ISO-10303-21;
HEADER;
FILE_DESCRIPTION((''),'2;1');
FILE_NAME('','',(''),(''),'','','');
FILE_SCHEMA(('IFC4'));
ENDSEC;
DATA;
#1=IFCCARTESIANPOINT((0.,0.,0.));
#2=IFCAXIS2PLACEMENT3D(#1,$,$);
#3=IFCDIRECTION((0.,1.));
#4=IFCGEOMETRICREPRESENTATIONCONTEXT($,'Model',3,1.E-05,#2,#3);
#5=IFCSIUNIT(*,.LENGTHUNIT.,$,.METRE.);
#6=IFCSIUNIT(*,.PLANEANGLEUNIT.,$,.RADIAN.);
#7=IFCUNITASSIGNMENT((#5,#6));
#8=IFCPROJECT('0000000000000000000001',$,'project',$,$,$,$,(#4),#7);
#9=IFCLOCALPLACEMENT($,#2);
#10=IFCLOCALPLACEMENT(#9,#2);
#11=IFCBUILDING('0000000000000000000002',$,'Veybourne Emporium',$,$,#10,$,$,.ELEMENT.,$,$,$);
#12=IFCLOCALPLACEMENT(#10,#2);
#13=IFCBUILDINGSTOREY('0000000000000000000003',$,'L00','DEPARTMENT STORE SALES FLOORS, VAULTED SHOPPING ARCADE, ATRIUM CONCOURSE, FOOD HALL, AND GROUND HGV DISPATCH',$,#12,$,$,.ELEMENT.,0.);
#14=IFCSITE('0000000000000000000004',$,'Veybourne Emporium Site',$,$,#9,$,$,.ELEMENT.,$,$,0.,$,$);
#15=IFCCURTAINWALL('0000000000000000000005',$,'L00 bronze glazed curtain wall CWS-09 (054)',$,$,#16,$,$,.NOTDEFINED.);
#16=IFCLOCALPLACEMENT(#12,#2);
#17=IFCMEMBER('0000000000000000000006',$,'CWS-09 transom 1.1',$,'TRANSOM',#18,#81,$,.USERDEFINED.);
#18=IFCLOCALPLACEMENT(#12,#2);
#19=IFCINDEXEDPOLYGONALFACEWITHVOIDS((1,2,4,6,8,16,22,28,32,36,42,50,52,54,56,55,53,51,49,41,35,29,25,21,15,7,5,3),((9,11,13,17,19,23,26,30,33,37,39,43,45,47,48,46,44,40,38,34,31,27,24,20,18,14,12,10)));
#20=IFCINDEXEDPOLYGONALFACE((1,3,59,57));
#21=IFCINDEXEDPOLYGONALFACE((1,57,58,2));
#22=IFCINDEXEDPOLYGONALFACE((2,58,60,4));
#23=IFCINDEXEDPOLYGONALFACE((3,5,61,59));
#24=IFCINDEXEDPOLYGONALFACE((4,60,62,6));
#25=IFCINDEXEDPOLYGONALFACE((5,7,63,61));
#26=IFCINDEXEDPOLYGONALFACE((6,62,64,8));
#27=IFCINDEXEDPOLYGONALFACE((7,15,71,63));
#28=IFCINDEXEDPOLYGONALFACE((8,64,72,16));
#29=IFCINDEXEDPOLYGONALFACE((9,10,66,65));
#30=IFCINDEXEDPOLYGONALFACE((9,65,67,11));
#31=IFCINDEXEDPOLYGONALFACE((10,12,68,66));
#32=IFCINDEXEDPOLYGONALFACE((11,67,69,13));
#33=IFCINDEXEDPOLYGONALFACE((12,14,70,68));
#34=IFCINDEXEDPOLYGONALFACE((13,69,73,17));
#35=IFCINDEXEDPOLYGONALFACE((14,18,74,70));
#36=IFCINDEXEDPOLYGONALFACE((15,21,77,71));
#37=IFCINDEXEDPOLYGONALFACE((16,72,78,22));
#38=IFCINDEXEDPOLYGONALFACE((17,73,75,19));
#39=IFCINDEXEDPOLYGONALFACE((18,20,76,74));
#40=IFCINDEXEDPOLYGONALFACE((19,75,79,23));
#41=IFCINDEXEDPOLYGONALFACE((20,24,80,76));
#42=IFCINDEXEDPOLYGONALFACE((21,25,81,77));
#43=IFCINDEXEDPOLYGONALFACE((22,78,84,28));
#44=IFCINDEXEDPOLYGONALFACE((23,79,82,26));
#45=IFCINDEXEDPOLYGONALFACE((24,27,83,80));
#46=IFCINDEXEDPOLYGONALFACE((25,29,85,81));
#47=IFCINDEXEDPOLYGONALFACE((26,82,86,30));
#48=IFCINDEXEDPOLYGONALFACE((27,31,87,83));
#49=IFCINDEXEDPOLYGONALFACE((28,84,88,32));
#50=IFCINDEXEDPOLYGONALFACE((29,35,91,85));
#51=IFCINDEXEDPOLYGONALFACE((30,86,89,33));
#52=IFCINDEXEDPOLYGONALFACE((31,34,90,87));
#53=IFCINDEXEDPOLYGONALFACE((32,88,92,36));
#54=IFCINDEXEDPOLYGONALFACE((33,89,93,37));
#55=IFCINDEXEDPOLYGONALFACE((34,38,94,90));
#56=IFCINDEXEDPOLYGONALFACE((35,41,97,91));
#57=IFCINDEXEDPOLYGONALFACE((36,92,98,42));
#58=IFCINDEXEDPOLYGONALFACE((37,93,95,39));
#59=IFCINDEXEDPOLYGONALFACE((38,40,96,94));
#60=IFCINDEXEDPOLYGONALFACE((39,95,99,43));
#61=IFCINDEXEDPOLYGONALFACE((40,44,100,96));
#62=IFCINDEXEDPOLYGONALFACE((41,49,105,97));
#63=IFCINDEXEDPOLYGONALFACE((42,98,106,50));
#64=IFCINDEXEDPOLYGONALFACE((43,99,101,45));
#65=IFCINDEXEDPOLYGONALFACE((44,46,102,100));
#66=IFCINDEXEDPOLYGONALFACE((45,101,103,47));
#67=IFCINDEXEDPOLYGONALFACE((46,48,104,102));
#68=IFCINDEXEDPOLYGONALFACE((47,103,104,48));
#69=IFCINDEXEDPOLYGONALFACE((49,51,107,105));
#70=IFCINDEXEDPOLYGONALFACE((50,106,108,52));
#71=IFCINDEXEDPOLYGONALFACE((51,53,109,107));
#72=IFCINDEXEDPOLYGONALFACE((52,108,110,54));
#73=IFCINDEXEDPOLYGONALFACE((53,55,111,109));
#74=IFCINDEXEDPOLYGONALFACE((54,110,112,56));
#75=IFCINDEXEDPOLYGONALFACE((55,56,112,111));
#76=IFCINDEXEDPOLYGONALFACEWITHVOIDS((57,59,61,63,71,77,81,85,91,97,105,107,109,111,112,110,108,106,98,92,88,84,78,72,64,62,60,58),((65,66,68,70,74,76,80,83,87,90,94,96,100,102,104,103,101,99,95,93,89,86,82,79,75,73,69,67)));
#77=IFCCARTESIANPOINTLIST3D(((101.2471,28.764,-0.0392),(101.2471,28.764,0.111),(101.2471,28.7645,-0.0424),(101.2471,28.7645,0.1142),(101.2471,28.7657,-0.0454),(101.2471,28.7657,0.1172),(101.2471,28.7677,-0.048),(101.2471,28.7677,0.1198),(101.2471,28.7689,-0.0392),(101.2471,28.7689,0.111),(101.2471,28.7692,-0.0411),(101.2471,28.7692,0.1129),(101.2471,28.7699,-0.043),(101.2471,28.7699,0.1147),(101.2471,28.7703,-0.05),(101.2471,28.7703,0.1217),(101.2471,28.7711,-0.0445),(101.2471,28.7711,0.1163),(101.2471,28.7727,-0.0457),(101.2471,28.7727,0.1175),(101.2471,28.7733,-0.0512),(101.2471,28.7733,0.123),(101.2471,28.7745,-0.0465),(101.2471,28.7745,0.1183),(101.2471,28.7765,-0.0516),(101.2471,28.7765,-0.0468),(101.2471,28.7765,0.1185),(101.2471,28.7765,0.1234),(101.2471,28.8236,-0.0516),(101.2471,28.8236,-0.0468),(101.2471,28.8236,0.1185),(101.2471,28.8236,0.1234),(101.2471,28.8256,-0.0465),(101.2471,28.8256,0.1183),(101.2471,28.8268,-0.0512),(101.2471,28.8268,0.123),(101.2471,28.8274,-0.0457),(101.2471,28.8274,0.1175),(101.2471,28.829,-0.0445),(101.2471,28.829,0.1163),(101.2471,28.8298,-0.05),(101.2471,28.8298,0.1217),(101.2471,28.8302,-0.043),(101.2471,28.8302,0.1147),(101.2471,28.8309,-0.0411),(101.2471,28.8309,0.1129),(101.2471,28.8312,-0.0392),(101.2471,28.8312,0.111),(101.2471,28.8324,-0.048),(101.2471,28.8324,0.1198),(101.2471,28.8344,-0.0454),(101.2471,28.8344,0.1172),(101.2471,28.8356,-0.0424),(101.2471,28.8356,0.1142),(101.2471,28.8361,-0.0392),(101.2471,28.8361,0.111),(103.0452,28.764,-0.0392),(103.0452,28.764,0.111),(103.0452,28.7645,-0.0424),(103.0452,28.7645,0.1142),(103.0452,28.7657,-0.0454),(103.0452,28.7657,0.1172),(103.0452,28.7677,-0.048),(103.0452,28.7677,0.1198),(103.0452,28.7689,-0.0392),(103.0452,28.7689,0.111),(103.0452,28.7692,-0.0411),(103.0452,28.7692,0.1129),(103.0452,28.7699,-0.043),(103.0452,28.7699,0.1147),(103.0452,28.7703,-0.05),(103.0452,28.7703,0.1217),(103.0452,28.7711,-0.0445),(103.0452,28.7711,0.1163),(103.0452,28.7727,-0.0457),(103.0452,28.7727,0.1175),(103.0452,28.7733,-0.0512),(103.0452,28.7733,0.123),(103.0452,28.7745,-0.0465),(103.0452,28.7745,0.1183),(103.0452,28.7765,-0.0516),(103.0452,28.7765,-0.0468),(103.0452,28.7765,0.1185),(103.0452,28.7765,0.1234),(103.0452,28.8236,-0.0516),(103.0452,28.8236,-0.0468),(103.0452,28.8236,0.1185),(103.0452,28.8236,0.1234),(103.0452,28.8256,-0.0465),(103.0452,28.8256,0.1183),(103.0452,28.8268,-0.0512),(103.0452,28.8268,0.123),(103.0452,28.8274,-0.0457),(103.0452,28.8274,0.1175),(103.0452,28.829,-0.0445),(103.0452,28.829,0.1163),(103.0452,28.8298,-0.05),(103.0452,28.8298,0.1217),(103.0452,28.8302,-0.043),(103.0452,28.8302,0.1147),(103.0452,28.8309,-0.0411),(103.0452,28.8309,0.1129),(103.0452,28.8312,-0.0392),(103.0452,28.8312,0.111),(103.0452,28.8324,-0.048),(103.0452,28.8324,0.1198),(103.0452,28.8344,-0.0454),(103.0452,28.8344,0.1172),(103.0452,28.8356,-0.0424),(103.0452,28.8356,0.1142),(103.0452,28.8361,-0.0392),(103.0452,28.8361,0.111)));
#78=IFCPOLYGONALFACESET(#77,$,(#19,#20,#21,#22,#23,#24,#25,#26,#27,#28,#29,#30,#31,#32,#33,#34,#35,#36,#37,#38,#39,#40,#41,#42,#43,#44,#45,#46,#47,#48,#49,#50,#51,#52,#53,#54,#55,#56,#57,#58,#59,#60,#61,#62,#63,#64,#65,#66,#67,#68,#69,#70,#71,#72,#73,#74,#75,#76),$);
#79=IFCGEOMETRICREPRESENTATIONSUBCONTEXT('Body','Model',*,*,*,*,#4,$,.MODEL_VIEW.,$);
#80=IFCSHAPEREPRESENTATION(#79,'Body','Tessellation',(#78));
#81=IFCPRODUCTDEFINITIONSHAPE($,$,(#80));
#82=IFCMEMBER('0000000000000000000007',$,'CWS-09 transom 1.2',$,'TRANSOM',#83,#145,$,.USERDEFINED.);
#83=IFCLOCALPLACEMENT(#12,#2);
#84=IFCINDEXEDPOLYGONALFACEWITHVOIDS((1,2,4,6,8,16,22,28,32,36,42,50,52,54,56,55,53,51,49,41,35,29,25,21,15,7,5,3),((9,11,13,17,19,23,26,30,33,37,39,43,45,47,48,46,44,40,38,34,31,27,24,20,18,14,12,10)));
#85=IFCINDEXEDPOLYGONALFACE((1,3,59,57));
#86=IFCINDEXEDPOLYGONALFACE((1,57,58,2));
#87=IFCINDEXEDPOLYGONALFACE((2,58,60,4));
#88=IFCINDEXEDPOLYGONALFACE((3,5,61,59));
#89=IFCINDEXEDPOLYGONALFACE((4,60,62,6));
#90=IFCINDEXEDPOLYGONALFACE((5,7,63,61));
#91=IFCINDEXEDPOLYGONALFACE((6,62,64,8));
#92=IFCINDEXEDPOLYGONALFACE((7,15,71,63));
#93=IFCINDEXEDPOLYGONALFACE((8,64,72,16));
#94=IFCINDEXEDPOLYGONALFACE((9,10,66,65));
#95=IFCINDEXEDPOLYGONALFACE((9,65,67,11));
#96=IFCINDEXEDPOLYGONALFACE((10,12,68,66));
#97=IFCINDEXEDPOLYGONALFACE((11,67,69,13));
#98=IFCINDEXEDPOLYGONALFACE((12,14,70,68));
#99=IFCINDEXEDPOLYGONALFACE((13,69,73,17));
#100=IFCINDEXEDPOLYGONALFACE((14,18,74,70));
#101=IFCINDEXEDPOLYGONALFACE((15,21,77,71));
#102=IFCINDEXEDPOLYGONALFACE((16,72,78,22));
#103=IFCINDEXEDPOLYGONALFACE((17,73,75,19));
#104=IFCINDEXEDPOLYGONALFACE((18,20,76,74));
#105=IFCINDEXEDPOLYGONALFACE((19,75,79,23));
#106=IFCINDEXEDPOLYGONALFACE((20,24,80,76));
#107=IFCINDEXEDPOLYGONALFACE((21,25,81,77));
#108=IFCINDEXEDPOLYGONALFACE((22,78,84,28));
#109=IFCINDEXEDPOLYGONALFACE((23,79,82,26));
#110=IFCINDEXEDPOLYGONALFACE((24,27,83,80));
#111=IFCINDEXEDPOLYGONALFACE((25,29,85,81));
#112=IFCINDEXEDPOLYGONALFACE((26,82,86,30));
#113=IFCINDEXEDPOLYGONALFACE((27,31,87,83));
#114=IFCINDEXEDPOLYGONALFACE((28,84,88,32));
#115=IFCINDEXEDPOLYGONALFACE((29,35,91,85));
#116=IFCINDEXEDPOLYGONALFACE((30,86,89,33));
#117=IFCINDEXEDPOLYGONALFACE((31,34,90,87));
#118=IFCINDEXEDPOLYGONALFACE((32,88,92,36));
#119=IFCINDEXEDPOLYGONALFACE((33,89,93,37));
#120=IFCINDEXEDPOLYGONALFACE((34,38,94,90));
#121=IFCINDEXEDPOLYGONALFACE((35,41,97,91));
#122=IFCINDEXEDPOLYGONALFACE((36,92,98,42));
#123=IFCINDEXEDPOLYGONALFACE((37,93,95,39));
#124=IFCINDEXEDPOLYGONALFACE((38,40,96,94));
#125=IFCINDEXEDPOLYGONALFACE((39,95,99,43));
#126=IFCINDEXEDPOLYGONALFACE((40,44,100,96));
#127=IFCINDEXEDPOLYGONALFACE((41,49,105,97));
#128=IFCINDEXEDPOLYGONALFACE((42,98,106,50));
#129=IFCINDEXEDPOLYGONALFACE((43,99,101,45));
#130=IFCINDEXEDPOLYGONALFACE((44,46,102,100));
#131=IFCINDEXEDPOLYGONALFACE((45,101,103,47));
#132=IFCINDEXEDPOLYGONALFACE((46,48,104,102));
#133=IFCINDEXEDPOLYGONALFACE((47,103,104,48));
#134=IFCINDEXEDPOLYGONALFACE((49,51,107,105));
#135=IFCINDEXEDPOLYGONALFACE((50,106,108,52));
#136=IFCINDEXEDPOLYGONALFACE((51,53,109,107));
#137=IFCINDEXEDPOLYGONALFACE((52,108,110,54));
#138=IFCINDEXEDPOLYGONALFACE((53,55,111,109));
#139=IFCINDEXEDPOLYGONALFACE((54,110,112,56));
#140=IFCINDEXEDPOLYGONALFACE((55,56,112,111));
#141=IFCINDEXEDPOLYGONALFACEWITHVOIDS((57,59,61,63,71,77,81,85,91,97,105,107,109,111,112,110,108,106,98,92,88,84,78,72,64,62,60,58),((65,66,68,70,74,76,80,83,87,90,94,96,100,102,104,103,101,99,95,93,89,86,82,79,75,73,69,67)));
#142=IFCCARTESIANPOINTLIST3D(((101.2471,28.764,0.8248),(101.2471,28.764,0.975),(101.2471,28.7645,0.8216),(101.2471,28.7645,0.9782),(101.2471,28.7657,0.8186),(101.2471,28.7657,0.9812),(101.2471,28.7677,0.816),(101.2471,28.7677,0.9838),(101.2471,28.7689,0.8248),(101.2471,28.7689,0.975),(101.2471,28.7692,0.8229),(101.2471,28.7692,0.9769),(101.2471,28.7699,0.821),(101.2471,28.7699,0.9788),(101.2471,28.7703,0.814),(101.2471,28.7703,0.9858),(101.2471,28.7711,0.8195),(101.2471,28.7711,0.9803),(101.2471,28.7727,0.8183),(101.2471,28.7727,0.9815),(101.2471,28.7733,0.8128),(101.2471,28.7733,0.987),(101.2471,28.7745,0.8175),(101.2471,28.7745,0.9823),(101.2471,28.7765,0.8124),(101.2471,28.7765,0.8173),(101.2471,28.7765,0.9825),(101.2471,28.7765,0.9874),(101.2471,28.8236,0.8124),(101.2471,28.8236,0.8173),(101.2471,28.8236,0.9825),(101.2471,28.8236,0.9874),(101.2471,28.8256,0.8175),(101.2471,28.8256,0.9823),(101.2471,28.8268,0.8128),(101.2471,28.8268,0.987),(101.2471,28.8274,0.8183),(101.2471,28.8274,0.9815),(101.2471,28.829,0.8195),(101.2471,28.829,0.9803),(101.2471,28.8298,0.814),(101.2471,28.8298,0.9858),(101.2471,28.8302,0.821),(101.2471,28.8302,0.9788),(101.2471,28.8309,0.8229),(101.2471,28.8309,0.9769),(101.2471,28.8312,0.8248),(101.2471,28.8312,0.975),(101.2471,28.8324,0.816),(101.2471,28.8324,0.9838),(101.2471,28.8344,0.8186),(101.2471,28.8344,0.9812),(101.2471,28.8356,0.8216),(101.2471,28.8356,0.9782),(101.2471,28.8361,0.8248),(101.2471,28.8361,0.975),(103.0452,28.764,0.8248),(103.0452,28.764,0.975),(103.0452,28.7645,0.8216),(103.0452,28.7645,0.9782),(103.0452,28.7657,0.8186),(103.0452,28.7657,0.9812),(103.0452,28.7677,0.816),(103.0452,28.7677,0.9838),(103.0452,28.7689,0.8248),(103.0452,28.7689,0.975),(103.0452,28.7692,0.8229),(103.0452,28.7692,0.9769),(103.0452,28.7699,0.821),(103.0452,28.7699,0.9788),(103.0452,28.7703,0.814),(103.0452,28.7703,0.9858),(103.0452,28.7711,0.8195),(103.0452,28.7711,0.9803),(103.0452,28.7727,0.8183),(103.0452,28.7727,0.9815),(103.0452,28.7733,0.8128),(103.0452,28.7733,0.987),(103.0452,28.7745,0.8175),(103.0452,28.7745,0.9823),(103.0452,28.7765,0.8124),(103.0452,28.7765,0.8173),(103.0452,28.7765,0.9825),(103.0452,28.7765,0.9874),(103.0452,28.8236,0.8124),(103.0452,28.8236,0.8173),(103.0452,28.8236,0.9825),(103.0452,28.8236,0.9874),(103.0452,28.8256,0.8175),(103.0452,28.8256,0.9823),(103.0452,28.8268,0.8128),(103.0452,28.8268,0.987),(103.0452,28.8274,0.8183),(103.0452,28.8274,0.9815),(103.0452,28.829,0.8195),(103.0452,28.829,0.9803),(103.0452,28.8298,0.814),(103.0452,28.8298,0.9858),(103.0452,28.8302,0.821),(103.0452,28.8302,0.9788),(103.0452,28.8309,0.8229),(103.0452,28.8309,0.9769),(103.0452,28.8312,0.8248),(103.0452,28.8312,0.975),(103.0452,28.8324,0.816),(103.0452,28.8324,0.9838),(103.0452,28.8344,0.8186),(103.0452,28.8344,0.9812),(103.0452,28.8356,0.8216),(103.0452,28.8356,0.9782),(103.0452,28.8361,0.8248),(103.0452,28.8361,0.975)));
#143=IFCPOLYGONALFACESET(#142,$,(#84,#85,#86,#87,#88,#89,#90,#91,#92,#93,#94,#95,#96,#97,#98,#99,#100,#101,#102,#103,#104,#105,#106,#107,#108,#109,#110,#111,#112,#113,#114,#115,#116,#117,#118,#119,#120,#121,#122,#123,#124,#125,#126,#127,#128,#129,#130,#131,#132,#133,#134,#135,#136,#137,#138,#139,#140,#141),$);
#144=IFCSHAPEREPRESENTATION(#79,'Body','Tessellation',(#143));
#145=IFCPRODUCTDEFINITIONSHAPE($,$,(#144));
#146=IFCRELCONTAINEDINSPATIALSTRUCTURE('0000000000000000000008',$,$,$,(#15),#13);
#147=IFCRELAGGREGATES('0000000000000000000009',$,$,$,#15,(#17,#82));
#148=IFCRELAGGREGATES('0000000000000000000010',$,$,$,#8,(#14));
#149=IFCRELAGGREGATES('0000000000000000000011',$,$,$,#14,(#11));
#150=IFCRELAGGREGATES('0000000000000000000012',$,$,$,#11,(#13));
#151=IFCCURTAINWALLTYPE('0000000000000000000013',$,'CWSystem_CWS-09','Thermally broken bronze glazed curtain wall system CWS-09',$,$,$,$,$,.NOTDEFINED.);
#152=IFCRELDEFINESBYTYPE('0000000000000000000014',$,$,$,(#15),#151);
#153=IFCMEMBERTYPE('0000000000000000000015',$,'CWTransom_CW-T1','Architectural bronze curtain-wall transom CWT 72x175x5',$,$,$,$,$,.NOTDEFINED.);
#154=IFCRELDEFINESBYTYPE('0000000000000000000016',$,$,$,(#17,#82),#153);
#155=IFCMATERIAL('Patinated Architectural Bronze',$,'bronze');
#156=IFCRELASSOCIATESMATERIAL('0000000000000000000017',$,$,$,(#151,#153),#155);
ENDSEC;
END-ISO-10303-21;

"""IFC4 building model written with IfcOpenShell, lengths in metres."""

from ifc_helpers import new_model, si_unit, direction, frame, origin, origin_2d, place, context, subcontext, project, spatial, hollow_rectangle, extrude, material, material_profile, profile_set, type_object, element, aggregate, save


model = new_model("IFC4")

# Units and contexts
model_context = context("Model", 3, precision=1e-05, world=origin(), true_north=direction((0.0, 1.0)))
body_context = subcontext(model_context, "Body", "Model", "MODEL_VIEW")
ifc_project = project(units=[si_unit("LENGTHUNIT", "METRE"), si_unit("PLANEANGLEUNIT", "RADIAN")], contexts=[model_context])

# Site, building, storey
site_placement = place(None, origin())
site = spatial("IfcSite", under=ifc_project, at=site_placement, Name="Veybourne Emporium Site", CompositionType="ELEMENT", RefElevation=0.0)
building_placement = place(site_placement, origin())
building = spatial("IfcBuilding", under=site, at=building_placement, Name="Veybourne Emporium", CompositionType="ELEMENT")
storey_placement = place(building_placement, origin())
storey = spatial("IfcBuildingStorey", under=building, at=storey_placement, Name="L00", Description="DEPARTMENT STORE SALES FLOORS, VAULTED SHOPPING ARCADE, ATRIUM CONCOURSE, FOOD HALL, AND GROUND HGV DISPATCH", CompositionType="ELEMENT", Elevation=0.0)

# Curtain wall
ifc_material_1 = material(Name="Patinated Architectural Bronze", Category="bronze")
curtain_wall_type_1 = type_object("IfcCurtainWallType", Name="CWSystem_CWS-09", Description="Thermally broken bronze glazed curtain wall system CWS-09", PredefinedType="NOTDEFINED", material=ifc_material_1)
curtain_wall_1_placement = place(storey_placement, origin())
curtain_wall_1 = element("IfcCurtainWall", 1, at=curtain_wall_1_placement, inside=storey, type_object=curtain_wall_type_1, Name="L00 bronze glazed curtain wall CWS-09 (054)", PredefinedType="NOTDEFINED")

# Members
ifc_material_profile_1 = material_profile(ifc_material_1, hollow_rectangle(XDim=0.072, YDim=0.175, WallThickness=0.0049, InnerFilletRadius=0.0076, OuterFilletRadius=0.0125, at=origin_2d()), Name="CWT 72x175x5")
ifc_profile_set_1 = profile_set([ifc_material_profile_1], Name="Patinated Architectural Bronze")
member_type_1 = type_object("IfcMemberType", Name="CWTransom_CW-T1", Description="Architectural bronze curtain-wall transom CWT 72x175x5", PredefinedType="NOTDEFINED", material=ifc_profile_set_1)
member_1_placement = place(storey_placement, frame((101.2471, 28.8, 0.0359), z_axis=(1.0, 0.0, 0.0), x_axis=(0.0, 1.0, 0.0)))
member_1 = element("IfcMember", 2, at=member_1_placement, type_object=member_type_1, Name="CWS-09 transom 1.1", ObjectType="TRANSOM", PredefinedType="USERDEFINED", context=body_context, shape_type="SweptSolid", body=[
    extrude(hollow_rectangle(XDim=0.072, YDim=0.175, WallThickness=0.0049, InnerFilletRadius=0.0076, OuterFilletRadius=0.0125, at=origin_2d()), origin(), (0.0, 0.0, 1.0), 1.7981),
])
member_2_placement = place(storey_placement, frame((101.2471, 28.8, 0.8999), z_axis=(1.0, 0.0, 0.0), x_axis=(0.0, 1.0, 0.0)))
member_2 = element("IfcMember", 3, at=member_2_placement, type_object=member_type_1, Name="CWS-09 transom 1.2", ObjectType="TRANSOM", PredefinedType="USERDEFINED", context=body_context, shape_type="SweptSolid", body=[
    extrude(hollow_rectangle(XDim=0.072, YDim=0.175, WallThickness=0.0049, InnerFilletRadius=0.0076, OuterFilletRadius=0.0125, at=origin_2d()), origin(), (0.0, 0.0, 1.0), 1.7981),
])

aggregate(curtain_wall_1, [member_1, member_2])

save(model, "model.ifc")
